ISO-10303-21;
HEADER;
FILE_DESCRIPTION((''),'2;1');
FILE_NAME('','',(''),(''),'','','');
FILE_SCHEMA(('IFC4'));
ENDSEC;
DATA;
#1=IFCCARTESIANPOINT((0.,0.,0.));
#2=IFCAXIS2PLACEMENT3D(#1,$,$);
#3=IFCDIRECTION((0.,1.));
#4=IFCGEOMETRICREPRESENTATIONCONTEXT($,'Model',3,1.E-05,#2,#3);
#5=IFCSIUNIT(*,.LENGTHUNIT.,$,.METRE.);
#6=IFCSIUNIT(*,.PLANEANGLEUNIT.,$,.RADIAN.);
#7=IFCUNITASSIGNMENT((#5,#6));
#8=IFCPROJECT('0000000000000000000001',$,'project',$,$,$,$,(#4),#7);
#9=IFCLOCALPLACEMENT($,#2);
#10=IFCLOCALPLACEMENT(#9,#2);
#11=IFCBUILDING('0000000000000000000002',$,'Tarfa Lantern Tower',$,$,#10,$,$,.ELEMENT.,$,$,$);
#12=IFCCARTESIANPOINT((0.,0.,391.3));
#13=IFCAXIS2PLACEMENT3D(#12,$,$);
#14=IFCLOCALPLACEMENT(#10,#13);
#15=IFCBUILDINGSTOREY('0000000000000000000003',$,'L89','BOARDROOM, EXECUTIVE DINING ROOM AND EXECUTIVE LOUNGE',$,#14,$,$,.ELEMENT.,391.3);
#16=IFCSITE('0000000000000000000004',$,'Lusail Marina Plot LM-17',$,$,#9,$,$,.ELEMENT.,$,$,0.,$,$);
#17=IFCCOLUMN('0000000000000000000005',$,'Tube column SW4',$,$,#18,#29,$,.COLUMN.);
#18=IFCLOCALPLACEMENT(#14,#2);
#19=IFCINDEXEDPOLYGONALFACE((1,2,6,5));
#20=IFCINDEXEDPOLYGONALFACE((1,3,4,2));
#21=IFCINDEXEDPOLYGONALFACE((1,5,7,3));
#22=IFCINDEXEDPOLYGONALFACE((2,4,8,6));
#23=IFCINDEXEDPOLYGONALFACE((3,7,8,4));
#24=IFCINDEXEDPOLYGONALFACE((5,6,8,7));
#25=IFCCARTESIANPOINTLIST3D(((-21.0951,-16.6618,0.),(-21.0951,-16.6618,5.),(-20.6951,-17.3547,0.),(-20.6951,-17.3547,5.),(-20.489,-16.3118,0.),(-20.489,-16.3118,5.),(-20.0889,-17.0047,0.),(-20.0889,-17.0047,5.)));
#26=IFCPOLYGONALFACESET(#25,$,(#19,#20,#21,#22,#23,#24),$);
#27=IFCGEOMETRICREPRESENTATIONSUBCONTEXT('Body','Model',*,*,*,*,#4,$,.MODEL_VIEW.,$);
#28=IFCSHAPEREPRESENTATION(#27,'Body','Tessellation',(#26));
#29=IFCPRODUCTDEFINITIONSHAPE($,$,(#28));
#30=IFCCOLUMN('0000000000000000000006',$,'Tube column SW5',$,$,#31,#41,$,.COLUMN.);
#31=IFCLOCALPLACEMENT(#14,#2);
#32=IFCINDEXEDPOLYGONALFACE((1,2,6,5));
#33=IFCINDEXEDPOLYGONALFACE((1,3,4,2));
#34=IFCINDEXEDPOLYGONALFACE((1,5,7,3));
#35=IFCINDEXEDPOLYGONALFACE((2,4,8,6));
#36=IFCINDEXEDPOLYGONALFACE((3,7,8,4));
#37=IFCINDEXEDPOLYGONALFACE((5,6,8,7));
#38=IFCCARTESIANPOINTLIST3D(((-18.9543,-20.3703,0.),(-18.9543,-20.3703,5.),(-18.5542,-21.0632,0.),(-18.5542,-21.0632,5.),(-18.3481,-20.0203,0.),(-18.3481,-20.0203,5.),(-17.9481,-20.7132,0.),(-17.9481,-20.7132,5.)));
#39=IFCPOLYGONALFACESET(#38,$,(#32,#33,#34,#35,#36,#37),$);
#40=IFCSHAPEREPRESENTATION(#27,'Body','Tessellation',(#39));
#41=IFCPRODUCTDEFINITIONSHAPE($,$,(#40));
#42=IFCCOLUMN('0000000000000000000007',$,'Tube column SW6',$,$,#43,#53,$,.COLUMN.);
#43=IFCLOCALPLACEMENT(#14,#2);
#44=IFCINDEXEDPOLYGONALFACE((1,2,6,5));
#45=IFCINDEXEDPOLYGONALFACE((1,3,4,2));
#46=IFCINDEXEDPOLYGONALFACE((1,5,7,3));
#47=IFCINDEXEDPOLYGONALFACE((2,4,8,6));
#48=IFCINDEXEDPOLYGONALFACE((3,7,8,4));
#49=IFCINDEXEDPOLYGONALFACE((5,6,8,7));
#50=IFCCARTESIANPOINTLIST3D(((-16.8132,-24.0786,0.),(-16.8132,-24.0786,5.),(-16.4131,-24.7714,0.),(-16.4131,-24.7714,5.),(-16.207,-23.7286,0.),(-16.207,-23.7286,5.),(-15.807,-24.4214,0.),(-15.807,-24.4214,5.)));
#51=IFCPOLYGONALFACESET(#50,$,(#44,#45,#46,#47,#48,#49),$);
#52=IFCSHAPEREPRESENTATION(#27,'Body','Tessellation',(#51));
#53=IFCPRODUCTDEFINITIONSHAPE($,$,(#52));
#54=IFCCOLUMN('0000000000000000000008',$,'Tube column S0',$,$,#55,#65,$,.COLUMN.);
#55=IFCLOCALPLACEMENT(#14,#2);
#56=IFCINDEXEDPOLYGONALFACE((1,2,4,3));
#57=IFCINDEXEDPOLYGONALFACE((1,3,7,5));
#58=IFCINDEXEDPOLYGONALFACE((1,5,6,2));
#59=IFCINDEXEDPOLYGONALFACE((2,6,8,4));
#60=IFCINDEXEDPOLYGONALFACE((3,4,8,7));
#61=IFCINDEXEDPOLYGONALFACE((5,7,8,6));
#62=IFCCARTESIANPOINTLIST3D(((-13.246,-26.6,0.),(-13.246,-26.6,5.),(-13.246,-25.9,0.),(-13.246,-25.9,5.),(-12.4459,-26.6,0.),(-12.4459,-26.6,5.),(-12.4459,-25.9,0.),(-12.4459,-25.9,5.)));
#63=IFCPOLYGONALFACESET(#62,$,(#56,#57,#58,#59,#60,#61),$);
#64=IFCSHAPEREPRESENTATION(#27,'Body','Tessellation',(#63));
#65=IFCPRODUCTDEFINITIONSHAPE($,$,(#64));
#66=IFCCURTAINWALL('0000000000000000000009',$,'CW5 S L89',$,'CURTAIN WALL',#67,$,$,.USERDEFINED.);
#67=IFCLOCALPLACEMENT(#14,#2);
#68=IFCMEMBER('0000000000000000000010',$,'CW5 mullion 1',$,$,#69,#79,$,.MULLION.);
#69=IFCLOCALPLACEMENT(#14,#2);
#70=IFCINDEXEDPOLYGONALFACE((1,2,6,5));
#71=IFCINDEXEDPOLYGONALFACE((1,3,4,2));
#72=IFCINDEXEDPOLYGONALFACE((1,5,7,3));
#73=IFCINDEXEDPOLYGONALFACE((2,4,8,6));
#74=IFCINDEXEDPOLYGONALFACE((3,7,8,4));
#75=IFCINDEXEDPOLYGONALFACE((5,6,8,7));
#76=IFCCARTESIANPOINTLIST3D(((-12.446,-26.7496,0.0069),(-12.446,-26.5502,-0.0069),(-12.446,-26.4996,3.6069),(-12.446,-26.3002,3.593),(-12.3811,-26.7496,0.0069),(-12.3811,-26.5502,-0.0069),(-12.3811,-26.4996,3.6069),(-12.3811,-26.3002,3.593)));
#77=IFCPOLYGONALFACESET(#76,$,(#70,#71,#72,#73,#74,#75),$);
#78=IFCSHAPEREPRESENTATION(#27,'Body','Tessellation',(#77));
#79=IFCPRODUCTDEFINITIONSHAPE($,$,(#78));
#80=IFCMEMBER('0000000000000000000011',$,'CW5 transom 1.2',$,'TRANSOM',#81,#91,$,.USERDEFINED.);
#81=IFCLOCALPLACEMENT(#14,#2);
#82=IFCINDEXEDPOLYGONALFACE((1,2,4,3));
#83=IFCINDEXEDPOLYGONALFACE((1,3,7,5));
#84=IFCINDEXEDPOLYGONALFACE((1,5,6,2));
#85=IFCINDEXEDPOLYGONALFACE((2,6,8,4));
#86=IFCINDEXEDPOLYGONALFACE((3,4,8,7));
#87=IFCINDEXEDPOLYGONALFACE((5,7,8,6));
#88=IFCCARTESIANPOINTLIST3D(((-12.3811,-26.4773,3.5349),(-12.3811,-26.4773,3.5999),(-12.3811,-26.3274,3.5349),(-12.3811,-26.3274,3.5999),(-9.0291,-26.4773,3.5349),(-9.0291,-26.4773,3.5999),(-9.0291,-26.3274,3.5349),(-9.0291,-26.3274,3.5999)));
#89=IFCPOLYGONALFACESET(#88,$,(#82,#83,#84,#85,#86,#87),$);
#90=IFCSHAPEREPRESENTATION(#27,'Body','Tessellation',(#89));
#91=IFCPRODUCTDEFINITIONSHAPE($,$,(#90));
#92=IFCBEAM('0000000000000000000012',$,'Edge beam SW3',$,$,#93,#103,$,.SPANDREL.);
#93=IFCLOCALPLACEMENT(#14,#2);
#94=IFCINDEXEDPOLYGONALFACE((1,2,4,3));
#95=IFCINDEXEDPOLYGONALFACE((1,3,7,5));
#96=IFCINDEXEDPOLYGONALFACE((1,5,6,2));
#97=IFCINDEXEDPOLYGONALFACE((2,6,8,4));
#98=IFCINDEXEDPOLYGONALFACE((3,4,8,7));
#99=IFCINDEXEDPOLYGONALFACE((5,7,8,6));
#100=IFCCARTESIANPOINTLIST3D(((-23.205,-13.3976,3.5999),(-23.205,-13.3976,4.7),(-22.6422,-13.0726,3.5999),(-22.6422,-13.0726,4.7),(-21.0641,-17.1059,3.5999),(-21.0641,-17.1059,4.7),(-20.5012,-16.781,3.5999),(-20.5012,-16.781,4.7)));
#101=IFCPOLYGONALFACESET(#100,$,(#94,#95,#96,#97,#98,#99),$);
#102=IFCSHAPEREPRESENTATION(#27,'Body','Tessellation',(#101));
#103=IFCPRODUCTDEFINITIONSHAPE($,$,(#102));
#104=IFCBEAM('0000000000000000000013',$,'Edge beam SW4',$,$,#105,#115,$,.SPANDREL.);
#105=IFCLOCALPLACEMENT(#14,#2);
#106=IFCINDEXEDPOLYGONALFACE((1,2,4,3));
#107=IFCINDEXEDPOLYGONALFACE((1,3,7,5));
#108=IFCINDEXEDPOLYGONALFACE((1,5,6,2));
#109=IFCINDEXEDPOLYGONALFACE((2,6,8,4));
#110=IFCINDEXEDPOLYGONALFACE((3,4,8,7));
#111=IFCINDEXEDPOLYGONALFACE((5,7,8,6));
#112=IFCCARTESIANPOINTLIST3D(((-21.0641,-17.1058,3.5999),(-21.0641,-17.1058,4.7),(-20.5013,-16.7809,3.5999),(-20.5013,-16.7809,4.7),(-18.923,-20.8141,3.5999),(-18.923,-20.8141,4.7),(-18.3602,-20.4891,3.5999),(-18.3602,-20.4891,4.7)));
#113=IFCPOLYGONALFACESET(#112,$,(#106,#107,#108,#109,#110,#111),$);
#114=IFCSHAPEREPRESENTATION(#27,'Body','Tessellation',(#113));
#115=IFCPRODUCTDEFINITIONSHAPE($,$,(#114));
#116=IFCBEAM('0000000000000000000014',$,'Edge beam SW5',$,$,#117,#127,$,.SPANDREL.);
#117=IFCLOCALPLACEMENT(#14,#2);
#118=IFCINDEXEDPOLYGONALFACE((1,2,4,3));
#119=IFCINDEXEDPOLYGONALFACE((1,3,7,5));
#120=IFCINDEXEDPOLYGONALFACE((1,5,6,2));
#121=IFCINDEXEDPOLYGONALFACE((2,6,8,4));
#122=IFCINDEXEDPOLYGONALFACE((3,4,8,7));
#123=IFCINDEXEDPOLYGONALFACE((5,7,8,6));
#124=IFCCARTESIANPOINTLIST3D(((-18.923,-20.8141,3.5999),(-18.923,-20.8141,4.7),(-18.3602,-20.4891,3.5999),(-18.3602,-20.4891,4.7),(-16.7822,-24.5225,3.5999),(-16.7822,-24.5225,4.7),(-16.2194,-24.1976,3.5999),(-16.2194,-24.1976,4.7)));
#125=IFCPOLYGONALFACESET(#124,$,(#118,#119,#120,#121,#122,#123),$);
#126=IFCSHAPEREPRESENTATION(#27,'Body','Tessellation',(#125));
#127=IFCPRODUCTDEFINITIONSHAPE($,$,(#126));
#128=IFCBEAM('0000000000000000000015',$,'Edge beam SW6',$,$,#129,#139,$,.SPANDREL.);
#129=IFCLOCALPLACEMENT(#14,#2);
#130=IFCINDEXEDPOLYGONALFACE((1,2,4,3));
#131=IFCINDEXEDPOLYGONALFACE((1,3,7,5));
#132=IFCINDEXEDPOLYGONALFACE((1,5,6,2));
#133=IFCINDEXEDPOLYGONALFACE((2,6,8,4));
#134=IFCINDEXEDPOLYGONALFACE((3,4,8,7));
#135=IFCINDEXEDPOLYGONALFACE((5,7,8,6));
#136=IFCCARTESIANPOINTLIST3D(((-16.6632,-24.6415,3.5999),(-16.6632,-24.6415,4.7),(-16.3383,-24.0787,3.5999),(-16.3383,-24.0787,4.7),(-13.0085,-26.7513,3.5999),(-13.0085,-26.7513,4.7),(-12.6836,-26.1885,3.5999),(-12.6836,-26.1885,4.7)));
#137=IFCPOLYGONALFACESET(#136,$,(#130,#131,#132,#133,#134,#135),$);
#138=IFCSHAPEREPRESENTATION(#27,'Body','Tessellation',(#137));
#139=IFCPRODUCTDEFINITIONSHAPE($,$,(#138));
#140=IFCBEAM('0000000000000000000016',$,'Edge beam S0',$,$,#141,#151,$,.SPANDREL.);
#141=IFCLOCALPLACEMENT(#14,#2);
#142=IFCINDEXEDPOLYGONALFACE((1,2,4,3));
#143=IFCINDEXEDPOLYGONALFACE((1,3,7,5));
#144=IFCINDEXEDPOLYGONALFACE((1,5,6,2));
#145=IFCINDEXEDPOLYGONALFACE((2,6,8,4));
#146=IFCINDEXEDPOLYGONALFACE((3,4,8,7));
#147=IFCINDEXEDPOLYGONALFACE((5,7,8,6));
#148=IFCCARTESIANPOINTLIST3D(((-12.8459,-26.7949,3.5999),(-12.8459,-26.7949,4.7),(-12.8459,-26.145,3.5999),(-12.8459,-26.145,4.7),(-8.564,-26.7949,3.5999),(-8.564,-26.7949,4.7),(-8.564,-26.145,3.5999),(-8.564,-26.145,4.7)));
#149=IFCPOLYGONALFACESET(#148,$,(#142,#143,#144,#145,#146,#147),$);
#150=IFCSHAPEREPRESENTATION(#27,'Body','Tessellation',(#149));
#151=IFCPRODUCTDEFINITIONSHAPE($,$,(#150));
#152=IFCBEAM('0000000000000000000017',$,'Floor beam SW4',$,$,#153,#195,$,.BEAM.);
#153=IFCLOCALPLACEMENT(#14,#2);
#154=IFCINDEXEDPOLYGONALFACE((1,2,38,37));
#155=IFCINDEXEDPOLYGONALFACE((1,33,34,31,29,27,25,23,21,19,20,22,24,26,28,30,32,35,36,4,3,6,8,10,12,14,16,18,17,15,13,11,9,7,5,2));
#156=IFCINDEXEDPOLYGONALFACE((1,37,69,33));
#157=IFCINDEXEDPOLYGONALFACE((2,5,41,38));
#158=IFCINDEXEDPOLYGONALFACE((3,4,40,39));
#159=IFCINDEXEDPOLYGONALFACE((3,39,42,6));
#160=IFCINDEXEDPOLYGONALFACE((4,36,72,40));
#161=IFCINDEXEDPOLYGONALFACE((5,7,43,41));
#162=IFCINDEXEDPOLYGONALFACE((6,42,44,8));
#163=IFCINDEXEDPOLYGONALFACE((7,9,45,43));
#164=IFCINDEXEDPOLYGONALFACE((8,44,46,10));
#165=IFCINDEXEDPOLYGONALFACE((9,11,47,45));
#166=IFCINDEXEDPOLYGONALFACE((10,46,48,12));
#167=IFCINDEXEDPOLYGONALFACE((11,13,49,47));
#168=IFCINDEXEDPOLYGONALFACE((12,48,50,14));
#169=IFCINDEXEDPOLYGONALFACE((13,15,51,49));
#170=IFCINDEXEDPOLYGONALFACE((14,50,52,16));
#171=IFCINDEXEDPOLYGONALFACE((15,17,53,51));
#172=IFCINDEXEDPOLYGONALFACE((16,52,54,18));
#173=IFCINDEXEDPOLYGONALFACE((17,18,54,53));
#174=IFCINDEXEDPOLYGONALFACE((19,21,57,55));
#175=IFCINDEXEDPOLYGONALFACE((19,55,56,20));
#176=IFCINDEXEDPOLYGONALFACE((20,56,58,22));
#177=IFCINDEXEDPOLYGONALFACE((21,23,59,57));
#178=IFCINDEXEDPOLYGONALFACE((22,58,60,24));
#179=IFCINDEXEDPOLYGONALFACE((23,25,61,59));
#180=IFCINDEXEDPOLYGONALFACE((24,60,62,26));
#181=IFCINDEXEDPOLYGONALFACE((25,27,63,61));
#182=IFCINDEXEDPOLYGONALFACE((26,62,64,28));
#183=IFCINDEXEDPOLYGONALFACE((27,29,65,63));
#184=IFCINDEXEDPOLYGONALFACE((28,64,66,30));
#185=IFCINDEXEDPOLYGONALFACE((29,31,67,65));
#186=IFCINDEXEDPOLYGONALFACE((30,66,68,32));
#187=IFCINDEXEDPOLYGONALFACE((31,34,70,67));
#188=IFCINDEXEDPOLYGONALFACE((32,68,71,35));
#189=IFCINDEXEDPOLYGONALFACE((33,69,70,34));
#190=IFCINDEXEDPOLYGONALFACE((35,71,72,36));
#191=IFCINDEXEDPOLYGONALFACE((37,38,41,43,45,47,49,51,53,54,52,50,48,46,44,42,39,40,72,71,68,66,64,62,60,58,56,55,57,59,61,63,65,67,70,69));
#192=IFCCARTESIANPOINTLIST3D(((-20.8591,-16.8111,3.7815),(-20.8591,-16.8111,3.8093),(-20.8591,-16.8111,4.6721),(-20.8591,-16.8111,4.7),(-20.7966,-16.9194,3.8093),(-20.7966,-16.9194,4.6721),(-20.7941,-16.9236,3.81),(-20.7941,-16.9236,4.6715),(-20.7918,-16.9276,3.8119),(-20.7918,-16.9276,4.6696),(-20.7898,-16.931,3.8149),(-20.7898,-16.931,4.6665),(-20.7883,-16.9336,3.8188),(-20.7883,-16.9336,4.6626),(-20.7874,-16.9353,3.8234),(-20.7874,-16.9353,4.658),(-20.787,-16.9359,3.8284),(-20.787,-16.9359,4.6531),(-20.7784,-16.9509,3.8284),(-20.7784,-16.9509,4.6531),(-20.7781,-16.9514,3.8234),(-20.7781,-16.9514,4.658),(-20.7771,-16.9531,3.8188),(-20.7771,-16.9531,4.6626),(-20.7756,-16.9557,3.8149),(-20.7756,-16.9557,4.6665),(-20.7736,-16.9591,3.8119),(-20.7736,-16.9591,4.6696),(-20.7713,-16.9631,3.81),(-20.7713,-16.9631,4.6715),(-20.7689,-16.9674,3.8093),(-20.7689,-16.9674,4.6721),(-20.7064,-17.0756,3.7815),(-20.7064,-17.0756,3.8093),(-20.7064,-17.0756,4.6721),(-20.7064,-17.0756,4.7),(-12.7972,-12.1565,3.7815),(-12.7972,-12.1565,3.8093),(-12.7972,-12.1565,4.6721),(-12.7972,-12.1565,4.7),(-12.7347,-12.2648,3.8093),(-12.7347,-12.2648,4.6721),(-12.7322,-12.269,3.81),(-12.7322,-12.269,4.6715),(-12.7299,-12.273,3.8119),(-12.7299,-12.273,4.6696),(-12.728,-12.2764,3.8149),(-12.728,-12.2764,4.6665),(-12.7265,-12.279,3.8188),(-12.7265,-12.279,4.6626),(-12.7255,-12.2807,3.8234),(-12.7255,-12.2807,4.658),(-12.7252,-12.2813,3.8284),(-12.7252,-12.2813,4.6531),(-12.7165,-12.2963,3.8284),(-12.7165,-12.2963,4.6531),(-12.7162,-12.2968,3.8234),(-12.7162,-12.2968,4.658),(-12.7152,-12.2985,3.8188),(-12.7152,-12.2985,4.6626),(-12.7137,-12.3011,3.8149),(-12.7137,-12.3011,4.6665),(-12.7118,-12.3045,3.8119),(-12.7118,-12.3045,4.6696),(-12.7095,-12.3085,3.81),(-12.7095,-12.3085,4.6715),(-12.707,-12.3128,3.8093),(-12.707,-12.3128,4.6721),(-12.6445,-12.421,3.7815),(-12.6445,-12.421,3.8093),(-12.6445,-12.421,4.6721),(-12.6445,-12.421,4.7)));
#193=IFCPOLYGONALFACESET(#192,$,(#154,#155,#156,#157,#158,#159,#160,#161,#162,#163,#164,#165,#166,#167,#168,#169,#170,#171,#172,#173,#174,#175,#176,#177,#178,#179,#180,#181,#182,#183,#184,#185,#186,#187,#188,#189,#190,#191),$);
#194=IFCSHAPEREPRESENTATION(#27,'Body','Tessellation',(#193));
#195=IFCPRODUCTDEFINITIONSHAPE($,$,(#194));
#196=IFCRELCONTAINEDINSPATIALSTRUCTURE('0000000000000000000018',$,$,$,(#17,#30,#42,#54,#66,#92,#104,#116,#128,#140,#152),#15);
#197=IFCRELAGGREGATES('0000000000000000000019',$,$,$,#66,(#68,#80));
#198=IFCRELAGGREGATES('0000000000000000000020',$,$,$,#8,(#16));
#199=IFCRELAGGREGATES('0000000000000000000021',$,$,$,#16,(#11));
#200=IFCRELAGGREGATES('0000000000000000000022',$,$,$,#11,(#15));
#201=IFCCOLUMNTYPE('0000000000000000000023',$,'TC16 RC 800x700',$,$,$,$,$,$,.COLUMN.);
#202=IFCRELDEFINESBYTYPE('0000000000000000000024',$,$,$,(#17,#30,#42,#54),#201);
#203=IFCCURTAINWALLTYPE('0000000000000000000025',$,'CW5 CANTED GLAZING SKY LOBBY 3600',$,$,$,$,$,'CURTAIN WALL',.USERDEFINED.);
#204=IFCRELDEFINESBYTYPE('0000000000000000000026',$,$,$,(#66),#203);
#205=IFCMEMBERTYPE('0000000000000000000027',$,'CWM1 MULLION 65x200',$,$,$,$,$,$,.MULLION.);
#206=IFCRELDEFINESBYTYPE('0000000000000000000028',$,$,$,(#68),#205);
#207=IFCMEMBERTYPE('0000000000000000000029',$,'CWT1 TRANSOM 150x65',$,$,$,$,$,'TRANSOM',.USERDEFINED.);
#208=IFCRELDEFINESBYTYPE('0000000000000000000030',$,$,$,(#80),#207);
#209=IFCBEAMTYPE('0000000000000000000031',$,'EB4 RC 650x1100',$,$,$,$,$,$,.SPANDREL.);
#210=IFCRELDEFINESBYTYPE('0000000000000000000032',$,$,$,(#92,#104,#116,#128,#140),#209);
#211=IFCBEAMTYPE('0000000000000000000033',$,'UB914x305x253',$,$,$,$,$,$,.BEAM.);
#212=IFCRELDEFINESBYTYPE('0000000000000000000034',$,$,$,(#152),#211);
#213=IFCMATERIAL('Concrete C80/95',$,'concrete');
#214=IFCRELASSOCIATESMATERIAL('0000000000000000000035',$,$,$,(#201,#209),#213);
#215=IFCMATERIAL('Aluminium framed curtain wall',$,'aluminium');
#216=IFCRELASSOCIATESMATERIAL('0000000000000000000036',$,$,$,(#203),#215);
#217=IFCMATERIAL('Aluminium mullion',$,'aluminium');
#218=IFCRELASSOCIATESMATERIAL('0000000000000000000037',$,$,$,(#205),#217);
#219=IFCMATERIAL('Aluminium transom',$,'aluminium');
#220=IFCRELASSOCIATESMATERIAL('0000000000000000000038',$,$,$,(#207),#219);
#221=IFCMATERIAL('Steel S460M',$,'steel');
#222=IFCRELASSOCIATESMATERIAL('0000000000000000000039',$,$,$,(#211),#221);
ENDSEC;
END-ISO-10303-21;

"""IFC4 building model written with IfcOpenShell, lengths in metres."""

from ifc_helpers import new_model, si_unit, direction, frame, origin, origin_2d, place, context, subcontext, project, spatial, rectangle, i_section, extrude, material, material_profile, profile_set, type_object, element, aggregate, save


model = new_model("IFC4")

# Units and contexts
model_context = context("Model", 3, precision=1e-05, world=origin(), true_north=direction((0.0, 1.0)))
body_context = subcontext(model_context, "Body", "Model", "MODEL_VIEW")
ifc_project = project(units=[si_unit("LENGTHUNIT", "METRE"), si_unit("PLANEANGLEUNIT", "RADIAN")], contexts=[model_context])

# Site, building, storey
site_placement = place(None, origin())
site = spatial("IfcSite", under=ifc_project, at=site_placement, Name="Lusail Marina Plot LM-17", CompositionType="ELEMENT", RefElevation=0.0)
building_placement = place(site_placement, origin())
building = spatial("IfcBuilding", under=site, at=building_placement, Name="Tarfa Lantern Tower", CompositionType="ELEMENT")
storey_placement = place(building_placement, frame((0.0, 0.0, 391.3)))
storey = spatial("IfcBuildingStorey", under=building, at=storey_placement, Name="L89", Description="BOARDROOM, EXECUTIVE DINING ROOM AND EXECUTIVE LOUNGE", CompositionType="ELEMENT", Elevation=391.3)

# Columns
ifc_material_1 = material(Name="Concrete C80/95", Category="concrete")
ifc_material_profile_1 = material_profile(ifc_material_1, rectangle(XDim=0.8, YDim=0.7, at=origin_2d()), Name="RC 800x700")
ifc_profile_set_1 = profile_set([ifc_material_profile_1], Name="Concrete C80/95")
column_type = type_object("IfcColumnType", Name="TC16 RC 800x700", PredefinedType="COLUMN", material=ifc_profile_set_1)
for number, where, z_axis, x_axis, name in (
    (1, (-20.592, -16.8333, 0.0), (0.0, 0.0, 1.0), (0.5, -0.866025, 0.0), "Tube column SW4"),
    (2, (-18.4512, -20.5417, 0.0), (0.0, 0.0, 1.0), (0.5, -0.866025, 0.0), "Tube column SW5"),
    (3, (-16.3101, -24.25, 0.0), (0.0, 0.0, 1.0), (0.5, -0.866025, 0.0), "Tube column SW6"),
    (4, (-12.8459, -26.25, 0.0), (0.0, 0.0, 1.0), (1.0, 0.0, 0.0), "Tube column S0"),
):
    element("IfcColumn", number, at=place(storey_placement, frame(where, z_axis=z_axis, x_axis=x_axis)), inside=storey, type_object=column_type, Name=name, PredefinedType="COLUMN", context=body_context, shape_type="SweptSolid", body=[
        extrude(rectangle(XDim=0.8, YDim=0.7, at=origin_2d()), origin(), (0.0, 0.0, 1.0), 5.0),
    ])

# Curtain wall, members
ifc_material_2 = material(Name="Aluminium framed curtain wall", Category="aluminium")
curtain_wall_type = type_object("IfcCurtainWallType", Name="CW5 CANTED GLAZING SKY LOBBY 3600", ElementType="CURTAIN WALL", PredefinedType="USERDEFINED", material=ifc_material_2)
curtain_wall_placement = place(storey_placement, origin())
curtain_wall = element("IfcCurtainWall", 5, at=curtain_wall_placement, inside=storey, type_object=curtain_wall_type, Name="CW5 S L89", ObjectType="CURTAIN WALL", PredefinedType="USERDEFINED")
ifc_material_3 = material(Name="Aluminium mullion", Category="aluminium")
ifc_material_profile_2 = material_profile(ifc_material_3, rectangle(XDim=0.0649, YDim=0.2, at=origin_2d()), Name="AL MULLION 65x200")
ifc_profile_set_2 = profile_set([ifc_material_profile_2], Name="Aluminium mullion")
member_type_1 = type_object("IfcMemberType", Name="CWM1 MULLION 65x200", PredefinedType="MULLION", material=ifc_profile_set_2)
member_1_placement = place(storey_placement, frame((-12.4136, -26.6499, 0.0), z_axis=(0.0, 0.06928, 0.997597), x_axis=(-1.0, 0.0, 0.0)))
member_1 = element("IfcMember", 6, at=member_1_placement, type_object=member_type_1, Name="CW5 mullion 1", PredefinedType="MULLION", context=body_context, shape_type="SweptSolid", body=[
    extrude(rectangle(XDim=0.0649, YDim=0.2, at=origin_2d()), origin(), (0.0, 0.0, 1.0), 3.6086),
])
ifc_material_4 = material(Name="Aluminium transom", Category="aluminium")
ifc_material_profile_3 = material_profile(ifc_material_4, rectangle(XDim=0.1499, YDim=0.0649, at=origin_2d()), Name="AL TRANSOM 150x65")
ifc_profile_set_3 = profile_set([ifc_material_profile_3], Name="Aluminium transom")
member_type_2 = type_object("IfcMemberType", Name="CWT1 TRANSOM 150x65", ElementType="TRANSOM", PredefinedType="USERDEFINED", material=ifc_profile_set_3)
member_2_placement = place(storey_placement, frame((-12.3811, -26.4023, 3.5674), z_axis=(1.0, 0.0, 0.0), x_axis=(0.0, 1.0, 0.0)))
member_2 = element("IfcMember", 7, at=member_2_placement, type_object=member_type_2, Name="CW5 transom 1.2", ObjectType="TRANSOM", PredefinedType="USERDEFINED", context=body_context, shape_type="SweptSolid", body=[
    extrude(rectangle(XDim=0.1499, YDim=0.0649, at=origin_2d()), origin(), (0.0, 0.0, 1.0), 3.3521),
])

# Beams
ifc_material_profile_4 = material_profile(ifc_material_1, rectangle(XDim=0.6499, YDim=1.1001, at=origin_2d()), Name="RC 650x1100")
ifc_profile_set_4 = profile_set([ifc_material_profile_4], Name="Concrete C80/95")
beam_type_1 = type_object("IfcBeamType", Name="EB4 RC 650x1100", PredefinedType="SPANDREL", material=ifc_profile_set_4)
for number, where, z_axis, x_axis, name in (
    (8, (-22.9236, -13.2351, 4.1499), (0.499984, -0.866035, 0.0), (0.866035, 0.499984, 0.0), "Edge beam SW3"),
    (9, (-20.7827, -16.9434, 4.1499), (0.500027, -0.86601, 0.0), (0.86601, 0.500027, 0.0), "Edge beam SW4"),
    (10, (-18.6416, -20.6516, 4.1499), (0.499959, -0.866049, 0.0), (0.866049, 0.499959, 0.0), "Edge beam SW5"),
):
    element("IfcBeam", number, at=place(storey_placement, frame(where, z_axis=z_axis, x_axis=x_axis)), inside=storey, type_object=beam_type_1, Name=name, PredefinedType="SPANDREL", context=body_context, shape_type="SweptSolid", body=[
        extrude(rectangle(XDim=0.6499, YDim=1.1001, at=origin_2d()), origin(), (0.0, 0.0, 1.0), 4.282),
    ])
beam_1_placement = place(storey_placement, frame((-16.5007, -24.3601, 4.1499), z_axis=(0.866049, -0.499959, 0.0), x_axis=(0.499959, 0.866049, 0.0)))
element("IfcBeam", 11, at=beam_1_placement, inside=storey, type_object=beam_type_1, Name="Edge beam SW6", PredefinedType="SPANDREL", context=body_context, shape_type="SweptSolid", body=[
    extrude(rectangle(XDim=0.6499, YDim=1.1001, at=origin_2d()), origin(), (0.0, 0.0, 1.0), 4.22),
])
beam_2_placement = place(storey_placement, frame((-12.8459, -26.47, 4.1499), z_axis=(1.0, 0.0, 0.0), x_axis=(0.0, 1.0, 0.0)))
element("IfcBeam", 12, at=beam_2_placement, inside=storey, type_object=beam_type_1, Name="Edge beam S0", PredefinedType="SPANDREL", context=body_context, shape_type="SweptSolid", body=[
    extrude(rectangle(XDim=0.6499, YDim=1.1001, at=origin_2d()), origin(), (0.0, 0.0, 1.0), 4.282),
])
ifc_material_5 = material(Name="Steel S460M", Category="steel")
ifc_material_profile_5 = material_profile(ifc_material_5, i_section(OverallWidth=0.3054, OverallDepth=0.9185, WebThickness=0.0173, FlangeThickness=0.0278, FilletRadius=0.019, at=origin_2d()), Name="UB914x305x253")
ifc_profile_set_5 = profile_set([ifc_material_profile_5], Name="Steel S460M")
beam_type_2 = type_object("IfcBeamType", Name="UB914x305x253", PredefinedType="BEAM", material=ifc_profile_set_5)
beam_3_placement = place(storey_placement, frame((-20.7827, -16.9434, 4.2407), z_axis=(0.866022, 0.500006, 0.0), x_axis=(-0.500006, 0.866022, 0.0)))
element("IfcBeam", 13, at=beam_3_placement, inside=storey, type_object=beam_type_2, Name="Floor beam SW4", PredefinedType="BEAM", context=body_context, shape_type="SweptSolid", body=[
    extrude(i_section(OverallWidth=0.3054, OverallDepth=0.9185, WebThickness=0.0173, FlangeThickness=0.0278, FilletRadius=0.019, at=origin_2d()), origin(), (0.0, 0.0, 1.0), 9.3091),
])

aggregate(curtain_wall, [member_1, member_2])

save(model, "model.ifc")
